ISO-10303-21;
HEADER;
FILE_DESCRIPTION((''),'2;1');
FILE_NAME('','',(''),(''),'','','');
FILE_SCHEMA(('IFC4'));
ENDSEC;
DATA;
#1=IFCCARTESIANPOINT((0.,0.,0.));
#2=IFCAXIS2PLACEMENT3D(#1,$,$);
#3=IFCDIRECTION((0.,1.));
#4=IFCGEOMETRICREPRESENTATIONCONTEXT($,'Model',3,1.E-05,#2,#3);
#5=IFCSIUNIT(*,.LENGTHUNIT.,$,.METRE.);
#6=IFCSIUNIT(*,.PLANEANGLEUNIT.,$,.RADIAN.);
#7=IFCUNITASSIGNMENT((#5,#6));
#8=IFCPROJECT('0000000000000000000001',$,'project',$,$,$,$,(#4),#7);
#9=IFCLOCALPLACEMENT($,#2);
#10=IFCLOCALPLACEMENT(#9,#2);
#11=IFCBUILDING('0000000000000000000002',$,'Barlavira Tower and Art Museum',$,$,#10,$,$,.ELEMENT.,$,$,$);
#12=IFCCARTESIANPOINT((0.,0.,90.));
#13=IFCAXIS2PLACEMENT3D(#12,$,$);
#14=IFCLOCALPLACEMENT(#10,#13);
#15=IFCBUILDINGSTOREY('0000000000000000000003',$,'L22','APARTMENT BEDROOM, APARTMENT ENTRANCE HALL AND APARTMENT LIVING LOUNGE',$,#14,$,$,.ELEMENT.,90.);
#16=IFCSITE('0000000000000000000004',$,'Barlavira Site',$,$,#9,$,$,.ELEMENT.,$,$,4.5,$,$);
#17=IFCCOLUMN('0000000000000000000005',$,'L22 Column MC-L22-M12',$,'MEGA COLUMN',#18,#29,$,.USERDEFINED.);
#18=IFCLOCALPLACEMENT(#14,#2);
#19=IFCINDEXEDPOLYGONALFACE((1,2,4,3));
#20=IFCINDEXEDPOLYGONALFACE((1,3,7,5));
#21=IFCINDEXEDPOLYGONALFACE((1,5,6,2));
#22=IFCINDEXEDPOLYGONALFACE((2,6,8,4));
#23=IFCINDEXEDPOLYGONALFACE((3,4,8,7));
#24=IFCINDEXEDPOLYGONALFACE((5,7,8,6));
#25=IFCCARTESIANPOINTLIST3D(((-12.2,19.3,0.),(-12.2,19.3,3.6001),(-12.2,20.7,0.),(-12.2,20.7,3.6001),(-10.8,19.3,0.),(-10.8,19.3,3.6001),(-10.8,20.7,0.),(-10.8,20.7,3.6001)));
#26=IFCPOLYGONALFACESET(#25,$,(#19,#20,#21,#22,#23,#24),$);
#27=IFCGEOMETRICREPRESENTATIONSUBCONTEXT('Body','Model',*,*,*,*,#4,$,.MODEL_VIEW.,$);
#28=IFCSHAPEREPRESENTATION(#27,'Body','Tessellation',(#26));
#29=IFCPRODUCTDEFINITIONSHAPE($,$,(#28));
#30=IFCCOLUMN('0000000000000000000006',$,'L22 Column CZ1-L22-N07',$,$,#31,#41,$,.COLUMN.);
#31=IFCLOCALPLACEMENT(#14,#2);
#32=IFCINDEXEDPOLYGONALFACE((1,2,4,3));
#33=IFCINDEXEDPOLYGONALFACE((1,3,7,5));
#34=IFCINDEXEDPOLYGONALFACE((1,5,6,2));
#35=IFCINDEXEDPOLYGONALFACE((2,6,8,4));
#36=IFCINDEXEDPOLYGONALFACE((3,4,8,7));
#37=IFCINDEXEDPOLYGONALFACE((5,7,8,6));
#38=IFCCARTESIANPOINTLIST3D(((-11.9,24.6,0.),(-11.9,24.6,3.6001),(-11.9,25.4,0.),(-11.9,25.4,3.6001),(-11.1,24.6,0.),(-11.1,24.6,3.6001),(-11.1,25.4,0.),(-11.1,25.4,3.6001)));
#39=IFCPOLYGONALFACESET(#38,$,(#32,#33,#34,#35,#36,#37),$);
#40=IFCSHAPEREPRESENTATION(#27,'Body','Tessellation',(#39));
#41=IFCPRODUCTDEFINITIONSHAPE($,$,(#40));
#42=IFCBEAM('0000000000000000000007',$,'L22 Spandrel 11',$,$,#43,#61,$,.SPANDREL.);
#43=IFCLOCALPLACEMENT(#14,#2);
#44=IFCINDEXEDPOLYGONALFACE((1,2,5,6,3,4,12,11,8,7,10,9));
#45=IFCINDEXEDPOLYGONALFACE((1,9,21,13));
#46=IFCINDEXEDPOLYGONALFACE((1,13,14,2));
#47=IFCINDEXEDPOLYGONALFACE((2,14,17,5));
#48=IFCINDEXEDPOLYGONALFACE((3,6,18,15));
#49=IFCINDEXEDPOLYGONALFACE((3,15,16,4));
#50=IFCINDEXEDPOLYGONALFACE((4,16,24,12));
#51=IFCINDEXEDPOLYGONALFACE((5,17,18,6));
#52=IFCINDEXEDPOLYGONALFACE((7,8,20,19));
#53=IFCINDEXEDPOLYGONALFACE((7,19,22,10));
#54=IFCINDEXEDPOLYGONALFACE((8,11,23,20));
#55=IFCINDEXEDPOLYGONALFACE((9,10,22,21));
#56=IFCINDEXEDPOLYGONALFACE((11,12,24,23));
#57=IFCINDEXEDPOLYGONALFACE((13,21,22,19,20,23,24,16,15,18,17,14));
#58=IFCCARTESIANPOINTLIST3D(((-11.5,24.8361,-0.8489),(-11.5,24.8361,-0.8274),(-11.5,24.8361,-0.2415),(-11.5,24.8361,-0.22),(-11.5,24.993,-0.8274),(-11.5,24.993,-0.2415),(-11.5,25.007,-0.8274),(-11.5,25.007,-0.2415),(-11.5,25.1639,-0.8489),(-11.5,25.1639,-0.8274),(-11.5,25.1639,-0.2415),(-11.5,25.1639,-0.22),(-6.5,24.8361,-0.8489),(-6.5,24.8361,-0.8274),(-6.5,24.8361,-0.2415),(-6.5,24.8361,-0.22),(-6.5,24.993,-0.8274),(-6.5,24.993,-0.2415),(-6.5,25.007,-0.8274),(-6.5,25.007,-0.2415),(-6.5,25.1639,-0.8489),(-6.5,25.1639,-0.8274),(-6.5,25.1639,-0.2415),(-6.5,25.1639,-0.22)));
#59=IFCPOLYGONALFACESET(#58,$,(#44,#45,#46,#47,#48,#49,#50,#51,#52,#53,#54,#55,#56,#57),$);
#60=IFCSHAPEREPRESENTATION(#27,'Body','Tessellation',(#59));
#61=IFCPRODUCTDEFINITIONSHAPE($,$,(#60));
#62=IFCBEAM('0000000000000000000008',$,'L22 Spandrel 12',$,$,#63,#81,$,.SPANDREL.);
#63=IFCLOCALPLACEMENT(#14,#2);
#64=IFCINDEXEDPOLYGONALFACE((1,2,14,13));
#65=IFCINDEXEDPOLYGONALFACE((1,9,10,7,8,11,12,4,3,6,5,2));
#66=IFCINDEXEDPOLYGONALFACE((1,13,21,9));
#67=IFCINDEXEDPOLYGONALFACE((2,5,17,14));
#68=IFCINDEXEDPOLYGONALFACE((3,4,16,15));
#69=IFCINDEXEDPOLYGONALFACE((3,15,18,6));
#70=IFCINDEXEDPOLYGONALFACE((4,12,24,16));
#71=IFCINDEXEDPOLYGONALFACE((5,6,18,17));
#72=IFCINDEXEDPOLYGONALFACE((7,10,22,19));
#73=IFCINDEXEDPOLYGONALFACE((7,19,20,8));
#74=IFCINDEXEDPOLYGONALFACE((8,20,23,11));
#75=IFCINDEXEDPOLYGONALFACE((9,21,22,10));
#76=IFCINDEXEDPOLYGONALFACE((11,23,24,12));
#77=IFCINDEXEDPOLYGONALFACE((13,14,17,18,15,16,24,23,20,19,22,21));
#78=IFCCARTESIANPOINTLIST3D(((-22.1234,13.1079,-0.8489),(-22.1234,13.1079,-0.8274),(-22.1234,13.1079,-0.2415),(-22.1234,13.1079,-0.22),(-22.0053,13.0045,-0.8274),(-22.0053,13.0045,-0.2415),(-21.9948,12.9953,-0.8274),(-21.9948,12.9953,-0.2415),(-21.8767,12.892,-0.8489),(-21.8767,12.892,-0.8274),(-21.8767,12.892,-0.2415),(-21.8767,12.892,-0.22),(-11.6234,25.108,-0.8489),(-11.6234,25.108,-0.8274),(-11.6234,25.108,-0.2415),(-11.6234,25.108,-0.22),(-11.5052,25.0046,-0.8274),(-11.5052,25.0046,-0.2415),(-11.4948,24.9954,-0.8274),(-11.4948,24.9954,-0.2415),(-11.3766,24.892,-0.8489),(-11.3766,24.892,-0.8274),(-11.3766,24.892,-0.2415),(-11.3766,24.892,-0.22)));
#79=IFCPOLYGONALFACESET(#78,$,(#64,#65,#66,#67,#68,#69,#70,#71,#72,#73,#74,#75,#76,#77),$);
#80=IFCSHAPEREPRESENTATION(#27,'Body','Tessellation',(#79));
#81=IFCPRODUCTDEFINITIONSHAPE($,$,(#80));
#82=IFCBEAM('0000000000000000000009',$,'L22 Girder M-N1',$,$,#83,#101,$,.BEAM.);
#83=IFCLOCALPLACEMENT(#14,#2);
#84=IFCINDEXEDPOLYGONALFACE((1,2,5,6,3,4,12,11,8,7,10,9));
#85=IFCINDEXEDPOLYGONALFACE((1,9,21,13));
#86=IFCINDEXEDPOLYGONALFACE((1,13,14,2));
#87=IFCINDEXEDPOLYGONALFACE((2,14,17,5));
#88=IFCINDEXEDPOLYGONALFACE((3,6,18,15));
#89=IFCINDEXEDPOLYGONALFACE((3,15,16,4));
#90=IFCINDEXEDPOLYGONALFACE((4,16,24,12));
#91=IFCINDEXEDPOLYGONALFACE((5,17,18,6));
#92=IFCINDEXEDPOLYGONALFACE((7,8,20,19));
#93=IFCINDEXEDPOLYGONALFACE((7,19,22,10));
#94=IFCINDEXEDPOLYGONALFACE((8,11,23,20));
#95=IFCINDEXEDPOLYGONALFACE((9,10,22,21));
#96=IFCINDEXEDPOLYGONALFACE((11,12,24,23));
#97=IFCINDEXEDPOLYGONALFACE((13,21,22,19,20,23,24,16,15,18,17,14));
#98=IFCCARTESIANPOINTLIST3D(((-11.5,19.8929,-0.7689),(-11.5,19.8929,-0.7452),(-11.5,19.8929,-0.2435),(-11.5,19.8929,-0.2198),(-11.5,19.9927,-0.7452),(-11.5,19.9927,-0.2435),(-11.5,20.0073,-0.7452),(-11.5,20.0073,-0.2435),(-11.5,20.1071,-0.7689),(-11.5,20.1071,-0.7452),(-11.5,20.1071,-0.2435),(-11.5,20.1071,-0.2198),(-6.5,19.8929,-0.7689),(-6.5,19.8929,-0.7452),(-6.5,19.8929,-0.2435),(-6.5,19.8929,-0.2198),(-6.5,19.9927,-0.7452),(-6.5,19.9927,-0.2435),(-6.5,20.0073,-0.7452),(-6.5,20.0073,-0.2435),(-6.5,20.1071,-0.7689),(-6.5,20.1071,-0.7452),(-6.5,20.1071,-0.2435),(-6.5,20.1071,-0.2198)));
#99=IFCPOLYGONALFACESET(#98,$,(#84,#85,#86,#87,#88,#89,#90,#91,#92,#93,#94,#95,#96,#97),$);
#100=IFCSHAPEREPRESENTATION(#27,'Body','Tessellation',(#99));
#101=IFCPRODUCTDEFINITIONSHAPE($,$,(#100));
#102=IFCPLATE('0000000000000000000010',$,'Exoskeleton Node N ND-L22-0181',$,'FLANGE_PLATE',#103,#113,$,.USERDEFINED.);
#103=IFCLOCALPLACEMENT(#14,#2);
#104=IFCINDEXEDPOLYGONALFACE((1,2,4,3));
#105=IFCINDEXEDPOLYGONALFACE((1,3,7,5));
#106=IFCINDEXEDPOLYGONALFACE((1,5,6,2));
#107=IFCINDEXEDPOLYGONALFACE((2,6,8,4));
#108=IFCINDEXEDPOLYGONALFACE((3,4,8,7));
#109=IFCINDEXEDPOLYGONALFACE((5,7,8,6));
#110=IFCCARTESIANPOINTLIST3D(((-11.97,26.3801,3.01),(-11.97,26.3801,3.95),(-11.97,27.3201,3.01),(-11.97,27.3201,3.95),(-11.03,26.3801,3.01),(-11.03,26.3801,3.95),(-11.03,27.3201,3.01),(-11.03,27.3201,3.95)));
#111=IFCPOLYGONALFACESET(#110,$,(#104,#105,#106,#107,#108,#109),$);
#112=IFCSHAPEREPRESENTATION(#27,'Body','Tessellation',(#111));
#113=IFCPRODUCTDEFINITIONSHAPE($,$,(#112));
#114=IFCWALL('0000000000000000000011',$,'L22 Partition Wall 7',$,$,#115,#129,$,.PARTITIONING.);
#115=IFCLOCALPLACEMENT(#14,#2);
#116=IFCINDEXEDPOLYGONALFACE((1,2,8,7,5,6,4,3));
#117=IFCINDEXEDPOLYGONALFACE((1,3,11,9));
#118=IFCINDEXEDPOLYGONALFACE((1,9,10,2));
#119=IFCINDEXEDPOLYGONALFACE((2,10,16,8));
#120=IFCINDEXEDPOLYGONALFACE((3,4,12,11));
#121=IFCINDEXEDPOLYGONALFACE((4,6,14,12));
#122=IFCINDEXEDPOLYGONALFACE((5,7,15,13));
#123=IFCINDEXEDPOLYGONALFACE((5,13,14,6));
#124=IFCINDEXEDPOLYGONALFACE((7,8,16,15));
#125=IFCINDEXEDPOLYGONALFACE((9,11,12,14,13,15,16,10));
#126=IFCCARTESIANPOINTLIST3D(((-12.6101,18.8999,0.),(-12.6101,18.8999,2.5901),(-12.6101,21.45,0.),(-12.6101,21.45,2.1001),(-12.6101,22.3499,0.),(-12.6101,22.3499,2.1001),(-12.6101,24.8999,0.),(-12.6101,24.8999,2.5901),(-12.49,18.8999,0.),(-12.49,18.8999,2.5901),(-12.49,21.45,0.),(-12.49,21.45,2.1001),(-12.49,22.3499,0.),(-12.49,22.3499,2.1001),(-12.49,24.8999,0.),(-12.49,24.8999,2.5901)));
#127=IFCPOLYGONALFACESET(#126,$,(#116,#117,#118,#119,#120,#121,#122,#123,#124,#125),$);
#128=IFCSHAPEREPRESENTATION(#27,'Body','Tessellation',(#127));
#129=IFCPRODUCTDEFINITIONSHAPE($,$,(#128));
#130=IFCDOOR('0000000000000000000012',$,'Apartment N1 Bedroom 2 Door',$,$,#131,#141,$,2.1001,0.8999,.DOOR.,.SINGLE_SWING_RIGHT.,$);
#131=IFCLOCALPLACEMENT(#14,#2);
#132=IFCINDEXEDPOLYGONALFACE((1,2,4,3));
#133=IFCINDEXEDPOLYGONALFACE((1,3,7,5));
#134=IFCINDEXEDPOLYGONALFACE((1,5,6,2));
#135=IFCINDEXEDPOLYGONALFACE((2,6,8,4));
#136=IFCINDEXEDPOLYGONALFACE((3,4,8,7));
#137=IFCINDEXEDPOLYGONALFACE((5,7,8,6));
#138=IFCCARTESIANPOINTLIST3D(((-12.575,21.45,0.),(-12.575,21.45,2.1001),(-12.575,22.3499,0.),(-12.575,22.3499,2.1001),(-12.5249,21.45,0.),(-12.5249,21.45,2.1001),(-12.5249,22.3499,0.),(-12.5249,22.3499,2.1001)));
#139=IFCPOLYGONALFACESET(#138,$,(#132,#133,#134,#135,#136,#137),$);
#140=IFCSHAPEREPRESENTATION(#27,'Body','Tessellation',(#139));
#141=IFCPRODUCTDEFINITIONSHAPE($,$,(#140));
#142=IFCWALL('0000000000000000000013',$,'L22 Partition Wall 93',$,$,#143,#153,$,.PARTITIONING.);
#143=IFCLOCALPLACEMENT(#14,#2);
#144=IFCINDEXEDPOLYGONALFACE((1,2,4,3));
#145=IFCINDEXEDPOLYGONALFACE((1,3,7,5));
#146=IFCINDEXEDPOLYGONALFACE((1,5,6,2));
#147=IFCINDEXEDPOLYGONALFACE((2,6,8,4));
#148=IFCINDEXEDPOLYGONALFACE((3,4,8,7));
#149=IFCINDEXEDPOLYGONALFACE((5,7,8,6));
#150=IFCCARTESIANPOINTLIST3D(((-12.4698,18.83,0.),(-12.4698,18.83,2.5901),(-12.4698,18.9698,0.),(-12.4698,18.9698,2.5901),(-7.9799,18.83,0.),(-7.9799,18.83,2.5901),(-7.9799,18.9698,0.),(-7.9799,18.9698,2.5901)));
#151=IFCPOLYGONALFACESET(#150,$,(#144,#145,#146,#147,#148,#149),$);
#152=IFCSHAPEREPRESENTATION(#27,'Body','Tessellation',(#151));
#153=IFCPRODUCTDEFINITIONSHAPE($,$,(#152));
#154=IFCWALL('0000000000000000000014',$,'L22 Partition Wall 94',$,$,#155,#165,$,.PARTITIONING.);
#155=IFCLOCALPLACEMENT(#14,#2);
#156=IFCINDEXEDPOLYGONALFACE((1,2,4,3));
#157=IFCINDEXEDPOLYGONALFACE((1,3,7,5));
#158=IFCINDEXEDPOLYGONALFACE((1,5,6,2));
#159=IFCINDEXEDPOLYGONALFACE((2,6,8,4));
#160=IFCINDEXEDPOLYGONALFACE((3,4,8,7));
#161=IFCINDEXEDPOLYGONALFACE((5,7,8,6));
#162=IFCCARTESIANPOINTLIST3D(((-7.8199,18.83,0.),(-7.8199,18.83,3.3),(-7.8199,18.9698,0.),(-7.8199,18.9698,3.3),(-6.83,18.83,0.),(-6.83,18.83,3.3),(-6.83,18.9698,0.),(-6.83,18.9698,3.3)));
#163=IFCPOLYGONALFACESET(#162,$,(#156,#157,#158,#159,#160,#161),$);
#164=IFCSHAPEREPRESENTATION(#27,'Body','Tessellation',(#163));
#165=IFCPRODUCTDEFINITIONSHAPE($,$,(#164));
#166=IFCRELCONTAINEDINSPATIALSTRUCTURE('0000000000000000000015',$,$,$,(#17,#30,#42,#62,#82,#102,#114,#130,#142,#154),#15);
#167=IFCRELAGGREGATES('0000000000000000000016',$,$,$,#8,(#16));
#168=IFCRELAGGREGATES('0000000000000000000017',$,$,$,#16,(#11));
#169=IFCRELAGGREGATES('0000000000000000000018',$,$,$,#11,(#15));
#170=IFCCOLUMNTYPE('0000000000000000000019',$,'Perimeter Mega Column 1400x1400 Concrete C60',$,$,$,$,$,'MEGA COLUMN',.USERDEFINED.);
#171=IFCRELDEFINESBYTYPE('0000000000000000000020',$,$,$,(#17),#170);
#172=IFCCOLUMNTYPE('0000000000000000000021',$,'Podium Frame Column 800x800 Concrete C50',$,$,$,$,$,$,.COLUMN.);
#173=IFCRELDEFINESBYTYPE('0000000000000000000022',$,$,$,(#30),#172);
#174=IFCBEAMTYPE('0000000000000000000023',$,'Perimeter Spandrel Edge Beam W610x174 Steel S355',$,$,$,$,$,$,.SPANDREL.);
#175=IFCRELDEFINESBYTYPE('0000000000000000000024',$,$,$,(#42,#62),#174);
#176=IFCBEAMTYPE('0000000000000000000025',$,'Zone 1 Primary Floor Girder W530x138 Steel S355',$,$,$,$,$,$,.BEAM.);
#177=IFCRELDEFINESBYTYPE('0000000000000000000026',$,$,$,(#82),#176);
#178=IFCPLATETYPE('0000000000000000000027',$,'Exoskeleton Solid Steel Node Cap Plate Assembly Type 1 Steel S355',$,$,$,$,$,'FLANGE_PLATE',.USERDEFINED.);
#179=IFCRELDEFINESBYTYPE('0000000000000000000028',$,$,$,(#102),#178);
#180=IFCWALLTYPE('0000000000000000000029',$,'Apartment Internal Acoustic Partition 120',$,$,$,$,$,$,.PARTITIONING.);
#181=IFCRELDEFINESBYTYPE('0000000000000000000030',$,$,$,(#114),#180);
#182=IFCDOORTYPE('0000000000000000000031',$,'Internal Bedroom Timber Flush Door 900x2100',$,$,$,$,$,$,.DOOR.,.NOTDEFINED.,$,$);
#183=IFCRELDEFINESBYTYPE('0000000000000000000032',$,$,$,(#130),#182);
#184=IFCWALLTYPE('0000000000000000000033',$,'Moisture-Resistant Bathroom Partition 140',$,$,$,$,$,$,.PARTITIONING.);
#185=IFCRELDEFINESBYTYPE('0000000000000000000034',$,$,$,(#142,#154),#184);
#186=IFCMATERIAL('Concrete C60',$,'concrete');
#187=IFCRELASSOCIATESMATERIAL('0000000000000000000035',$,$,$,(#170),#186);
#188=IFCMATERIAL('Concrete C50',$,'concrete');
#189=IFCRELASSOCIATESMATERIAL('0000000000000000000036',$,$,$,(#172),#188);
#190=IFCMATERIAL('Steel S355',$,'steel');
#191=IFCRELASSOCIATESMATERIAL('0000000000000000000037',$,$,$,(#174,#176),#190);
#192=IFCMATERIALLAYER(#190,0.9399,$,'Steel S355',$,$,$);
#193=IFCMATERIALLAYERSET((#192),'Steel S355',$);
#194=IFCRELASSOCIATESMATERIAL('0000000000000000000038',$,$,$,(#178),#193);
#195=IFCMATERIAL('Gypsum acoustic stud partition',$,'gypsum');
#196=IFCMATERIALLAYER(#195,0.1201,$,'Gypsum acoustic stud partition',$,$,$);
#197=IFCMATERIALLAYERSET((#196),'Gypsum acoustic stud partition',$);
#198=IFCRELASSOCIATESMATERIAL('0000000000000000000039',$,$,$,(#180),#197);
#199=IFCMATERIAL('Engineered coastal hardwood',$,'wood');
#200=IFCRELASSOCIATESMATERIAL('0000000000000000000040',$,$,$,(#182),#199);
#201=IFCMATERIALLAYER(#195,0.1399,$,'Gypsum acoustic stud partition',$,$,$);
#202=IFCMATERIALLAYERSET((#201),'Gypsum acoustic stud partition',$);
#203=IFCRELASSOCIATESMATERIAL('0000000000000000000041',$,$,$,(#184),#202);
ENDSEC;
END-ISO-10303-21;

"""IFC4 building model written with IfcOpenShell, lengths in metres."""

from ifc_helpers import new_model, si_unit, direction, frame, frame_2d, origin, origin_2d, place, context, subcontext, project, spatial, rectangle, i_section, extrude, material, layer, layer_set, material_profile, profile_set, type_object, element, fill, save


model = new_model("IFC4")

# Units and contexts
model_context = context("Model", 3, precision=1e-05, world=origin(), true_north=direction((0.0, 1.0)))
body_context = subcontext(model_context, "Body", "Model", "MODEL_VIEW")
ifc_project = project(units=[si_unit("LENGTHUNIT", "METRE"), si_unit("PLANEANGLEUNIT", "RADIAN")], contexts=[model_context])

# Site, building, storey
site_placement = place(None, origin())
site = spatial("IfcSite", under=ifc_project, at=site_placement, Name="Barlavira Site", CompositionType="ELEMENT", RefElevation=4.5)
building_placement = place(site_placement, origin())
building = spatial("IfcBuilding", under=site, at=building_placement, Name="Barlavira Tower and Art Museum", CompositionType="ELEMENT")
storey_placement = place(building_placement, frame((0.0, 0.0, 90.0)))
storey = spatial("IfcBuildingStorey", under=building, at=storey_placement, Name="L22", Description="APARTMENT BEDROOM, APARTMENT ENTRANCE HALL AND APARTMENT LIVING LOUNGE", CompositionType="ELEMENT", Elevation=90.0)

# Columns
ifc_material_1 = material(Name="Concrete C60", Category="concrete")
ifc_material_profile_1 = material_profile(ifc_material_1, rectangle(XDim=1.3999, YDim=1.3999, at=origin_2d()), Name="RC-MCOL 1400x1400")
ifc_profile_set_1 = profile_set([ifc_material_profile_1], Name="Concrete C60")
column_type_1 = type_object("IfcColumnType", Name="Perimeter Mega Column 1400x1400 Concrete C60", ElementType="MEGA COLUMN", PredefinedType="USERDEFINED", material=ifc_profile_set_1)
column_1_placement = place(storey_placement, frame((-11.5, 20.0, 0.0), z_axis=(0.0, 0.0, 1.0), x_axis=(1.0, 0.0, 0.0)))
element("IfcColumn", 1, at=column_1_placement, inside=storey, type_object=column_type_1, Name="L22 Column MC-L22-M12", ObjectType="MEGA COLUMN", PredefinedType="USERDEFINED", context=body_context, shape_type="SweptSolid", body=[
    extrude(rectangle(XDim=1.3999, YDim=1.3999, at=origin_2d()), origin(), (0.0, 0.0, 1.0), 3.6001),
])
ifc_material_2 = material(Name="Concrete C50", Category="concrete")
ifc_material_profile_2 = material_profile(ifc_material_2, rectangle(XDim=0.8, YDim=0.8, at=origin_2d()), Name="RC-COL 800x800")
ifc_profile_set_2 = profile_set([ifc_material_profile_2], Name="Concrete C50")
column_type_2 = type_object("IfcColumnType", Name="Podium Frame Column 800x800 Concrete C50", PredefinedType="COLUMN", material=ifc_profile_set_2)
column_2_placement = place(storey_placement, frame((-11.5, 25.0, 0.0), z_axis=(0.0, 0.0, 1.0), x_axis=(1.0, 0.0, 0.0)))
element("IfcColumn", 2, at=column_2_placement, inside=storey, type_object=column_type_2, Name="L22 Column CZ1-L22-N07", PredefinedType="COLUMN", context=body_context, shape_type="SweptSolid", body=[
    extrude(rectangle(XDim=0.8, YDim=0.8, at=origin_2d()), origin(), (0.0, 0.0, 1.0), 3.6001),
])

# Beams
ifc_material_3 = material(Name="Steel S355", Category="steel")
ifc_material_profile_3 = material_profile(ifc_material_3, i_section(OverallWidth=0.3279, OverallDepth=0.6289, WebThickness=0.0139, FlangeThickness=0.0215, at=origin_2d()), Name="W610x174.0")
ifc_profile_set_3 = profile_set([ifc_material_profile_3], Name="Steel S355")
beam_type_1 = type_object("IfcBeamType", Name="Perimeter Spandrel Edge Beam W610x174 Steel S355", PredefinedType="SPANDREL", material=ifc_profile_set_3)
beam_1_placement = place(storey_placement, frame((-11.5, 25.0, -0.5344), z_axis=(1.0, 0.0, 0.0), x_axis=(0.0, 1.0, 0.0)))
element("IfcBeam", 3, at=beam_1_placement, inside=storey, type_object=beam_type_1, Name="L22 Spandrel 11", PredefinedType="SPANDREL", context=body_context, shape_type="SweptSolid", body=[
    extrude(i_section(OverallWidth=0.3279, OverallDepth=0.6289, WebThickness=0.0139, FlangeThickness=0.0215, at=origin_2d()), origin(), (0.0, 0.0, 1.0), 5.0),
])
beam_2_placement = place(storey_placement, frame((-11.5, 25.0, -0.5344), z_axis=(-0.658505, -0.752577, 0.0), x_axis=(0.752577, -0.658505, 0.0)))
element("IfcBeam", 4, at=beam_2_placement, inside=storey, type_object=beam_type_1, Name="L22 Spandrel 12", PredefinedType="SPANDREL", context=body_context, shape_type="SweptSolid", body=[
    extrude(i_section(OverallWidth=0.3279, OverallDepth=0.6289, WebThickness=0.0139, FlangeThickness=0.0215, at=origin_2d()), origin(), (0.0, 0.0, 1.0), 15.9453),
])
ifc_material_profile_4 = material_profile(ifc_material_3, i_section(OverallWidth=0.2141, OverallDepth=0.5491, WebThickness=0.0146, FlangeThickness=0.0237, at=origin_2d()), Name="W530x138.0")
ifc_profile_set_4 = profile_set([ifc_material_profile_4], Name="Steel S355")
beam_type_2 = type_object("IfcBeamType", Name="Zone 1 Primary Floor Girder W530x138 Steel S355", PredefinedType="BEAM", material=ifc_profile_set_4)
beam_3_placement = place(storey_placement, frame((-11.5, 20.0, -0.4944), z_axis=(1.0, 0.0, 0.0), x_axis=(0.0, 1.0, 0.0)))
element("IfcBeam", 5, at=beam_3_placement, inside=storey, type_object=beam_type_2, Name="L22 Girder M-N1", PredefinedType="BEAM", context=body_context, shape_type="SweptSolid", body=[
    extrude(i_section(OverallWidth=0.2141, OverallDepth=0.5491, WebThickness=0.0146, FlangeThickness=0.0237, at=origin_2d()), origin(), (0.0, 0.0, 1.0), 5.0),
])

# Plate
ifc_layer_1 = layer(ifc_material_3, 0.9399, Name="Steel S355")
ifc_layer_set_1 = layer_set([ifc_layer_1], Name="Steel S355")
plate_type = type_object("IfcPlateType", Name="Exoskeleton Solid Steel Node Cap Plate Assembly Type 1 Steel S355", ElementType="FLANGE_PLATE", PredefinedType="USERDEFINED", material=ifc_layer_set_1)
plate_placement = place(storey_placement, frame((-11.5, 26.8501, 3.01), z_axis=(0.0, 0.0, 1.0), x_axis=(1.0, 0.0, 0.0)))
element("IfcPlate", 6, at=plate_placement, inside=storey, type_object=plate_type, Name="Exoskeleton Node N ND-L22-0181", ObjectType="FLANGE_PLATE", PredefinedType="USERDEFINED", context=body_context, shape_type="SweptSolid", body=[
    extrude(rectangle(XDim=0.9399, YDim=0.9399, at=origin_2d()), origin(), (0.0, 0.0, 1.0), 0.9399),
])

# Wall, opening, door
ifc_material_4 = material(Name="Gypsum acoustic stud partition", Category="gypsum")
ifc_layer_2 = layer(ifc_material_4, 0.1201, Name="Gypsum acoustic stud partition")
ifc_layer_set_2 = layer_set([ifc_layer_2], Name="Gypsum acoustic stud partition")
wall_type_1 = type_object("IfcWallType", Name="Apartment Internal Acoustic Partition 120", PredefinedType="PARTITIONING", material=ifc_layer_set_2)
wall_1_placement = place(storey_placement, frame((-12.55, 18.8999, 0.0), z_axis=(0.0, 0.0, 1.0), x_axis=(0.0, 1.0, 0.0)))
wall_1 = element("IfcWall", 7, at=wall_1_placement, inside=storey, type_object=wall_type_1, Name="L22 Partition Wall 7", PredefinedType="PARTITIONING", context=body_context, shape_type="SweptSolid", body=[
    extrude(rectangle(XDim=6.0, YDim=0.1201, at=frame_2d((3.0, 0.0))), origin(), (0.0, 0.0, 1.0), 2.5901),
])
opening_1_placement = place(wall_1_placement, frame((2.55, 0.0, 0.0)))
opening_1 = element("IfcOpeningElement", 8, at=opening_1_placement, cuts=wall_1, PredefinedType="OPENING", context=body_context, shape_type="SweptSolid", body=[
    extrude(rectangle(XDim=0.8999, YDim=2.1001, at=frame_2d((0.45, 1.05))), frame((0.0, 0.0701, 0.0), z_axis=(0.0, -1.0, 0.0), x_axis=(1.0, 0.0, 0.0)), (0.0, 0.0, 1.0), 0.1401),
])
ifc_material_5 = material(Name="Engineered coastal hardwood", Category="wood")
door_type = type_object("IfcDoorType", Name="Internal Bedroom Timber Flush Door 900x2100", OperationType="NOTDEFINED", PredefinedType="DOOR", material=ifc_material_5)
door_placement = place(opening_1_placement, origin())
door = element("IfcDoor", 9, at=door_placement, inside=storey, type_object=door_type, Name="Apartment N1 Bedroom 2 Door", OperationType="SINGLE_SWING_RIGHT", OverallHeight=2.1001, OverallWidth=0.8999, PredefinedType="DOOR", context=body_context, shape_type="SweptSolid", body=[
    extrude(rectangle(XDim=0.8999, YDim=2.1001, at=frame_2d((0.45, 1.05))), frame((0.0, 0.0249, 0.0), z_axis=(0.0, -1.0, 0.0), x_axis=(1.0, 0.0, 0.0)), (0.0, 0.0, 1.0), 0.05),
])
fill(opening_1, door)

# Walls
ifc_layer_3 = layer(ifc_material_4, 0.1399, Name="Gypsum acoustic stud partition")
ifc_layer_set_3 = layer_set([ifc_layer_3], Name="Gypsum acoustic stud partition")
wall_type_2 = type_object("IfcWallType", Name="Moisture-Resistant Bathroom Partition 140", PredefinedType="PARTITIONING", material=ifc_layer_set_3)
wall_2_placement = place(storey_placement, frame((-12.47, 18.8999, 0.0), z_axis=(0.0, 0.0, 1.0), x_axis=(1.0, 0.0, 0.0)))
element("IfcWall", 10, at=wall_2_placement, inside=storey, type_object=wall_type_2, Name="L22 Partition Wall 93", PredefinedType="PARTITIONING", context=body_context, shape_type="SweptSolid", body=[
    extrude(rectangle(XDim=4.49, YDim=0.1399, at=frame_2d((2.2451, 0.0))), origin(), (0.0, 0.0, 1.0), 2.5901),
])
wall_3_placement = place(storey_placement, frame((-7.8201, 18.8999, 0.0), z_axis=(0.0, 0.0, 1.0), x_axis=(1.0, 0.0, 0.0)))
element("IfcWall", 11, at=wall_3_placement, inside=storey, type_object=wall_type_2, Name="L22 Partition Wall 94", PredefinedType="PARTITIONING", context=body_context, shape_type="SweptSolid", body=[
    extrude(rectangle(XDim=0.99, YDim=0.1399, at=frame_2d((0.4951, 0.0))), origin(), (0.0, 0.0, 1.0), 3.3),
])

save(model, "model.ifc")
